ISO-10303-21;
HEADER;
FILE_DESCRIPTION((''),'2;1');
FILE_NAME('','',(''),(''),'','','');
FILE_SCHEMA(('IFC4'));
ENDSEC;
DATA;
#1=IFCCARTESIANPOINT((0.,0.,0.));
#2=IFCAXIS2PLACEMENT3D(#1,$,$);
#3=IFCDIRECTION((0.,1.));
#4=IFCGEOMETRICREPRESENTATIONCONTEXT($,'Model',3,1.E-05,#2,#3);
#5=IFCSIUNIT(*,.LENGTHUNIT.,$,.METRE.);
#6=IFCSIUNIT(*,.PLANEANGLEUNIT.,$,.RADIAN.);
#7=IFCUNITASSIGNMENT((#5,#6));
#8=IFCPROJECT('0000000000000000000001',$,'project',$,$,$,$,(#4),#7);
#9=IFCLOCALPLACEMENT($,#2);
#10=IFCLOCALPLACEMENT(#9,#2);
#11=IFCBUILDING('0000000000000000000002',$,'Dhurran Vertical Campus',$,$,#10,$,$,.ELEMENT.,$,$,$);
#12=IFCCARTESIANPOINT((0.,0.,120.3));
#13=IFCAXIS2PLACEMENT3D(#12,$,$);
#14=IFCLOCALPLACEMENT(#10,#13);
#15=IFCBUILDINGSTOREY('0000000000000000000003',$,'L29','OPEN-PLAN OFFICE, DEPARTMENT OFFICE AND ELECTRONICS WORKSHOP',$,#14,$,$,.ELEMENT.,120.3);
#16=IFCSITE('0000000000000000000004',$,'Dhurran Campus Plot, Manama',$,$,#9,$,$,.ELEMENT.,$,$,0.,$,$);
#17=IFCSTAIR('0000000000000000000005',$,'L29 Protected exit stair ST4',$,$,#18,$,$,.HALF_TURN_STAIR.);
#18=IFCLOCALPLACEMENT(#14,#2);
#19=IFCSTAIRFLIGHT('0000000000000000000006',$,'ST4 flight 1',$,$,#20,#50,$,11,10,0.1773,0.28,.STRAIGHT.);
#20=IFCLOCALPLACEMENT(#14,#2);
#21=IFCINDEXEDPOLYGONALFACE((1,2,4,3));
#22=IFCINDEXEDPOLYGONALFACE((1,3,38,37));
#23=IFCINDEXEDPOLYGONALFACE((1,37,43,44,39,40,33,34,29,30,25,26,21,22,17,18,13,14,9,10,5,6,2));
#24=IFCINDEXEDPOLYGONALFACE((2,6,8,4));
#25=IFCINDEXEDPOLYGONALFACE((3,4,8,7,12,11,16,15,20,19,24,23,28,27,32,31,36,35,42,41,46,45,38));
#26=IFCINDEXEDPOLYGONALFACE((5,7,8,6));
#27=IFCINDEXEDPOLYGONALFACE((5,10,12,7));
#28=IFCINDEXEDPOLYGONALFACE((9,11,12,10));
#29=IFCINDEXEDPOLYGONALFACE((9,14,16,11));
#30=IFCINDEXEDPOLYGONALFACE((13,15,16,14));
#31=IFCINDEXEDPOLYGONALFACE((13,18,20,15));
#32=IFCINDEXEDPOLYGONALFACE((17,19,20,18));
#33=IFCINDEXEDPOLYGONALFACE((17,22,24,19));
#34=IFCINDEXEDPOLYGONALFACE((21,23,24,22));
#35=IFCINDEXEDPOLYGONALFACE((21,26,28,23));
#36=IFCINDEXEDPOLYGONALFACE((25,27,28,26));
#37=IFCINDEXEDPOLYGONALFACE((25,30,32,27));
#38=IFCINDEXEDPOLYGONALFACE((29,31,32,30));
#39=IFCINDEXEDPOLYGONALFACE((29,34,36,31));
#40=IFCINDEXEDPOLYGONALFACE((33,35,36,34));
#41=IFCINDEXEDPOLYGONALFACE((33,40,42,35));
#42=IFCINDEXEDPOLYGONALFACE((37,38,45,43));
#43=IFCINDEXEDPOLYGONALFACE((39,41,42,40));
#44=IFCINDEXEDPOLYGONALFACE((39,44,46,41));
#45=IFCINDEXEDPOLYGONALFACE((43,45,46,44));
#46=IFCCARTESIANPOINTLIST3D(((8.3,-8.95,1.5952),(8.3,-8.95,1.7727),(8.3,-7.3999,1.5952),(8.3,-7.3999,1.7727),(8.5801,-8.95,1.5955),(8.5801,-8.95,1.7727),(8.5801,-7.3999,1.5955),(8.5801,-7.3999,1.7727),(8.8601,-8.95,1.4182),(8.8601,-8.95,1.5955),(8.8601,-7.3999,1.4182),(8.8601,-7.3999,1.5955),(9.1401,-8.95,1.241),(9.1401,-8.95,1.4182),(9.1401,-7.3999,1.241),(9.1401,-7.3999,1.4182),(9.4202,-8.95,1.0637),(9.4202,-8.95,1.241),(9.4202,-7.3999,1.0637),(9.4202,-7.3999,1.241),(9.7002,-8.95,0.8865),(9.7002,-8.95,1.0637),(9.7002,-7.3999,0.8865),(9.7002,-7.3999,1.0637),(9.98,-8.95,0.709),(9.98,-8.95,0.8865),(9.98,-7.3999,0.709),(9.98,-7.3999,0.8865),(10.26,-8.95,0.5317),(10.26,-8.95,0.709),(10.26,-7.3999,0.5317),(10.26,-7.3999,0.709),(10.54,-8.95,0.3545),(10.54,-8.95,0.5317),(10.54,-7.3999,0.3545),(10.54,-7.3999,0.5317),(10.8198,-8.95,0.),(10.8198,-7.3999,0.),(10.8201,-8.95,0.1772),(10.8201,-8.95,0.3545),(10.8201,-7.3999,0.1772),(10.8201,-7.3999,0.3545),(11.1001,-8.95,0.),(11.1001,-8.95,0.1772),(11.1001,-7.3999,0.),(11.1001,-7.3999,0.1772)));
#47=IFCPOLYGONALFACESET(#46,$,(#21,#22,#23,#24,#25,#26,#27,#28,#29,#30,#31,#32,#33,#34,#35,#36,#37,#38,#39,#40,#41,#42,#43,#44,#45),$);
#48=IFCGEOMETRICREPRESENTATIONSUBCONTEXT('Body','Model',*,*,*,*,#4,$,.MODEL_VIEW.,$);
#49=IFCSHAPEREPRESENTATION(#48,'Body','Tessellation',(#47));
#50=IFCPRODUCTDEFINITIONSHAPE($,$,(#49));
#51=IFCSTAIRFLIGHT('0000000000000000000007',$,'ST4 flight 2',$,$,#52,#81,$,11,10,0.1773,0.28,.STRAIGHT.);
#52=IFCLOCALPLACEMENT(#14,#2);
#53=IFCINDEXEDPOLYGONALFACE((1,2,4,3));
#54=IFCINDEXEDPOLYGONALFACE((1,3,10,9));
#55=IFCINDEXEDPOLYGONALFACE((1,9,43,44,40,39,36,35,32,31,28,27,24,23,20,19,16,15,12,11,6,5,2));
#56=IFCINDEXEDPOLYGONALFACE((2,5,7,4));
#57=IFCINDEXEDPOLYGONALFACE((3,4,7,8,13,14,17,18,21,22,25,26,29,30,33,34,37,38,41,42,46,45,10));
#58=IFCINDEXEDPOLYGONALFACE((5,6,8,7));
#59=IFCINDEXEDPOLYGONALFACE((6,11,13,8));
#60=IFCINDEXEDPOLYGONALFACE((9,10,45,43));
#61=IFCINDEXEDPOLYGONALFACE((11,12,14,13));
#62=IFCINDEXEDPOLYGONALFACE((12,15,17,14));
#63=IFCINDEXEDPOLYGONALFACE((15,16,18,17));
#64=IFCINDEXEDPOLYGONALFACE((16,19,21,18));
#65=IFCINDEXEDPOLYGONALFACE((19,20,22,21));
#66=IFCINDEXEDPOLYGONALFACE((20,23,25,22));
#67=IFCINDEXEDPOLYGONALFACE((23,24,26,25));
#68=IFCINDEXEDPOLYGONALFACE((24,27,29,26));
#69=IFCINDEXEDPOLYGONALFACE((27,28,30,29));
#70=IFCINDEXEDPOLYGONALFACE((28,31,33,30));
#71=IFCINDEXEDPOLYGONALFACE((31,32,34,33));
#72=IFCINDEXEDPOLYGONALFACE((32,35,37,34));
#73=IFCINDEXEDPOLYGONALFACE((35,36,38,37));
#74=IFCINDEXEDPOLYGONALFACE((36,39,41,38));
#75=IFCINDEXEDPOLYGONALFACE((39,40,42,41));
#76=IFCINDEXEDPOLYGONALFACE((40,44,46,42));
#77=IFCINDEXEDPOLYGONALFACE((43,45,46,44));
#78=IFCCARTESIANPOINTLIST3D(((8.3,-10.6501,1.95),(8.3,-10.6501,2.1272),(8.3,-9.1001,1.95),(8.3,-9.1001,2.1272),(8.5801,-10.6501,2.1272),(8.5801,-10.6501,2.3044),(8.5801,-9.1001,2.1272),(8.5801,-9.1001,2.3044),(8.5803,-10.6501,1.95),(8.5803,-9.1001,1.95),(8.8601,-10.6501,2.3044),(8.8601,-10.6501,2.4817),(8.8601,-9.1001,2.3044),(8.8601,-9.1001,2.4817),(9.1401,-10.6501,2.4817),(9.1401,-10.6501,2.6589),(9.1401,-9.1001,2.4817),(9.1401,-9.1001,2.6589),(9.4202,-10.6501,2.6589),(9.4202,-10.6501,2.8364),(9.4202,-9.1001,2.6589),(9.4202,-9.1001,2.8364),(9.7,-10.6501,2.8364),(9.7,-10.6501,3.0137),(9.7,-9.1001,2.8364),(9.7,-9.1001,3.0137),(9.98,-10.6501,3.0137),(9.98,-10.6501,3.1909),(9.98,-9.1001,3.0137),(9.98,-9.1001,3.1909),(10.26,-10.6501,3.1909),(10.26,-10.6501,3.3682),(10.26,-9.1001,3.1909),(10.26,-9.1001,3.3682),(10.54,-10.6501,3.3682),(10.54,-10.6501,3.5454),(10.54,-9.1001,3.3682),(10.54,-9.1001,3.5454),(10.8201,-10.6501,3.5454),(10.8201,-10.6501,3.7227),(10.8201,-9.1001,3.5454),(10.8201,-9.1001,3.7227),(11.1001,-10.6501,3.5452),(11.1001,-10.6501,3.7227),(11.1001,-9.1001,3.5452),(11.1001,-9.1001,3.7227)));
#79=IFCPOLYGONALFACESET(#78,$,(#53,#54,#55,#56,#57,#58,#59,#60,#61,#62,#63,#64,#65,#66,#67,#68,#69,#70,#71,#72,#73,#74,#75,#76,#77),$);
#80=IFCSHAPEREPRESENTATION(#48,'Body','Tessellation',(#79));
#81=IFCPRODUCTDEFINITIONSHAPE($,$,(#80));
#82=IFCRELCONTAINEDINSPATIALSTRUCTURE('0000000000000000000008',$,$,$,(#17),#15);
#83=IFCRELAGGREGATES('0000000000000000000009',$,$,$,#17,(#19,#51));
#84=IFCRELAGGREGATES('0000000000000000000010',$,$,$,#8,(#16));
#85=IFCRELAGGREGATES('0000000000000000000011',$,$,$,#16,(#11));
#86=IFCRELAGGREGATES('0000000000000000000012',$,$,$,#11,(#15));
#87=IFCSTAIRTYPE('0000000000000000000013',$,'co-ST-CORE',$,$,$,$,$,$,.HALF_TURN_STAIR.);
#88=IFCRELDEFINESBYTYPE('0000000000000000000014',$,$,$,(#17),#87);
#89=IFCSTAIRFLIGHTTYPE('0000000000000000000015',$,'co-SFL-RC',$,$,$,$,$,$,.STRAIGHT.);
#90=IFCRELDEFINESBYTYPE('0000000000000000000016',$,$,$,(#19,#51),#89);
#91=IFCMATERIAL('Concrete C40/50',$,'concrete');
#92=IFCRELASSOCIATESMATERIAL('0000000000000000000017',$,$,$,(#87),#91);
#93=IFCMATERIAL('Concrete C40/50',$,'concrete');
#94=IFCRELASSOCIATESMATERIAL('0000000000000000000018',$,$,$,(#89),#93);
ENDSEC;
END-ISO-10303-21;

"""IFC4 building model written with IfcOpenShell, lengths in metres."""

from ifc_helpers import new_model, si_unit, direction, frame, origin, place, context, subcontext, project, spatial, polyline, outline, extrude, material, type_object, element, aggregate, save


model = new_model("IFC4")

# Units and contexts
model_context = context("Model", 3, precision=1e-05, world=origin(), true_north=direction((0.0, 1.0)))
body_context = subcontext(model_context, "Body", "Model", "MODEL_VIEW")
ifc_project = project(units=[si_unit("LENGTHUNIT", "METRE"), si_unit("PLANEANGLEUNIT", "RADIAN")], contexts=[model_context])

# Site, building, storey
site_placement = place(None, origin())
site = spatial("IfcSite", under=ifc_project, at=site_placement, Name="Dhurran Campus Plot, Manama", CompositionType="ELEMENT", RefElevation=0.0)
building_placement = place(site_placement, origin())
building = spatial("IfcBuilding", under=site, at=building_placement, Name="Dhurran Vertical Campus", CompositionType="ELEMENT")
storey_placement = place(building_placement, frame((0.0, 0.0, 120.3)))
storey = spatial("IfcBuildingStorey", under=building, at=storey_placement, Name="L29", Description="OPEN-PLAN OFFICE, DEPARTMENT OFFICE AND ELECTRONICS WORKSHOP", CompositionType="ELEMENT", Elevation=120.3)

# Stair, stair flights
ifc_material_1 = material(Name="Concrete C40/50", Category="concrete")
stair_type = type_object("IfcStairType", Name="co-ST-CORE", PredefinedType="HALF_TURN_STAIR", material=ifc_material_1)
stair_placement = place(storey_placement, origin())
stair = element("IfcStair", 1, at=stair_placement, inside=storey, type_object=stair_type, Name="L29 Protected exit stair ST4", PredefinedType="HALF_TURN_STAIR")
ifc_material_2 = material(Name="Concrete C40/50", Category="concrete")
stair_flight_type = type_object("IfcStairFlightType", Name="co-SFL-RC", PredefinedType="STRAIGHT", material=ifc_material_2)
stair_flight_1_placement = place(storey_placement, frame((11.1001, -8.175, 0.0), z_axis=(0.0, 0.0, 1.0), x_axis=(-1.0, 0.0, 0.0)))
stair_flight_1 = element("IfcStairFlight", 2, at=stair_flight_1_placement, type_object=stair_flight_type, Name="ST4 flight 1", NumberOfRisers=11, NumberOfTreads=10, PredefinedType="STRAIGHT", RiserHeight=0.1773, TreadLength=0.28, context=body_context, shape_type="SweptSolid", body=[
    extrude(outline(polyline([(0.0, 0.0), (0.0, 0.1772), (0.28, 0.1772), (0.28, 0.3545), (0.5601, 0.3545), (0.5601, 0.5317), (0.8401, 0.5317), (0.8401, 0.709), (1.1201, 0.709), (1.1201, 0.8865), (1.3999, 0.8865), (1.3999, 1.0637), (1.6799, 1.0637), (1.6799, 1.241), (1.96, 1.241), (1.96, 1.4182), (2.24, 1.4182), (2.24, 1.5955), (2.52, 1.5955), (2.52, 1.7727), (2.8, 1.7727), (2.8, 1.95), (2.8, 1.5952), (0.2803, 0.0), (0.0, 0.0)])), frame((0.0, 0.7749, 0.0), z_axis=(0.0, -1.0, 0.0), x_axis=(1.0, 0.0, 0.0)), (0.0, 0.0, 1.0), 1.55),
])
stair_flight_2_placement = place(storey_placement, frame((8.3, -9.875, 1.95), z_axis=(0.0, 0.0, 1.0), x_axis=(1.0, 0.0, 0.0)))
stair_flight_2 = element("IfcStairFlight", 3, at=stair_flight_2_placement, type_object=stair_flight_type, Name="ST4 flight 2", NumberOfRisers=11, NumberOfTreads=10, PredefinedType="STRAIGHT", RiserHeight=0.1773, TreadLength=0.28, context=body_context, shape_type="SweptSolid", body=[
    extrude(outline(polyline([(0.0, 0.0), (0.0, 0.1772), (0.28, 0.1772), (0.28, 0.3545), (0.5601, 0.3545), (0.5601, 0.5317), (0.8401, 0.5317), (0.8401, 0.709), (1.1201, 0.709), (1.1201, 0.8865), (1.3999, 0.8865), (1.3999, 1.0637), (1.6799, 1.0637), (1.6799, 1.241), (1.96, 1.241), (1.96, 1.4182), (2.24, 1.4182), (2.24, 1.5955), (2.52, 1.5955), (2.52, 1.7727), (2.8, 1.7727), (2.8, 1.95), (2.8, 1.5952), (0.2803, 0.0), (0.0, 0.0)])), frame((0.0, 0.7749, 0.0), z_axis=(0.0, -1.0, 0.0), x_axis=(1.0, 0.0, 0.0)), (0.0, 0.0, 1.0), 1.55),
])
aggregate(stair, [stair_flight_1, stair_flight_2])

save(model, "model.ifc")
